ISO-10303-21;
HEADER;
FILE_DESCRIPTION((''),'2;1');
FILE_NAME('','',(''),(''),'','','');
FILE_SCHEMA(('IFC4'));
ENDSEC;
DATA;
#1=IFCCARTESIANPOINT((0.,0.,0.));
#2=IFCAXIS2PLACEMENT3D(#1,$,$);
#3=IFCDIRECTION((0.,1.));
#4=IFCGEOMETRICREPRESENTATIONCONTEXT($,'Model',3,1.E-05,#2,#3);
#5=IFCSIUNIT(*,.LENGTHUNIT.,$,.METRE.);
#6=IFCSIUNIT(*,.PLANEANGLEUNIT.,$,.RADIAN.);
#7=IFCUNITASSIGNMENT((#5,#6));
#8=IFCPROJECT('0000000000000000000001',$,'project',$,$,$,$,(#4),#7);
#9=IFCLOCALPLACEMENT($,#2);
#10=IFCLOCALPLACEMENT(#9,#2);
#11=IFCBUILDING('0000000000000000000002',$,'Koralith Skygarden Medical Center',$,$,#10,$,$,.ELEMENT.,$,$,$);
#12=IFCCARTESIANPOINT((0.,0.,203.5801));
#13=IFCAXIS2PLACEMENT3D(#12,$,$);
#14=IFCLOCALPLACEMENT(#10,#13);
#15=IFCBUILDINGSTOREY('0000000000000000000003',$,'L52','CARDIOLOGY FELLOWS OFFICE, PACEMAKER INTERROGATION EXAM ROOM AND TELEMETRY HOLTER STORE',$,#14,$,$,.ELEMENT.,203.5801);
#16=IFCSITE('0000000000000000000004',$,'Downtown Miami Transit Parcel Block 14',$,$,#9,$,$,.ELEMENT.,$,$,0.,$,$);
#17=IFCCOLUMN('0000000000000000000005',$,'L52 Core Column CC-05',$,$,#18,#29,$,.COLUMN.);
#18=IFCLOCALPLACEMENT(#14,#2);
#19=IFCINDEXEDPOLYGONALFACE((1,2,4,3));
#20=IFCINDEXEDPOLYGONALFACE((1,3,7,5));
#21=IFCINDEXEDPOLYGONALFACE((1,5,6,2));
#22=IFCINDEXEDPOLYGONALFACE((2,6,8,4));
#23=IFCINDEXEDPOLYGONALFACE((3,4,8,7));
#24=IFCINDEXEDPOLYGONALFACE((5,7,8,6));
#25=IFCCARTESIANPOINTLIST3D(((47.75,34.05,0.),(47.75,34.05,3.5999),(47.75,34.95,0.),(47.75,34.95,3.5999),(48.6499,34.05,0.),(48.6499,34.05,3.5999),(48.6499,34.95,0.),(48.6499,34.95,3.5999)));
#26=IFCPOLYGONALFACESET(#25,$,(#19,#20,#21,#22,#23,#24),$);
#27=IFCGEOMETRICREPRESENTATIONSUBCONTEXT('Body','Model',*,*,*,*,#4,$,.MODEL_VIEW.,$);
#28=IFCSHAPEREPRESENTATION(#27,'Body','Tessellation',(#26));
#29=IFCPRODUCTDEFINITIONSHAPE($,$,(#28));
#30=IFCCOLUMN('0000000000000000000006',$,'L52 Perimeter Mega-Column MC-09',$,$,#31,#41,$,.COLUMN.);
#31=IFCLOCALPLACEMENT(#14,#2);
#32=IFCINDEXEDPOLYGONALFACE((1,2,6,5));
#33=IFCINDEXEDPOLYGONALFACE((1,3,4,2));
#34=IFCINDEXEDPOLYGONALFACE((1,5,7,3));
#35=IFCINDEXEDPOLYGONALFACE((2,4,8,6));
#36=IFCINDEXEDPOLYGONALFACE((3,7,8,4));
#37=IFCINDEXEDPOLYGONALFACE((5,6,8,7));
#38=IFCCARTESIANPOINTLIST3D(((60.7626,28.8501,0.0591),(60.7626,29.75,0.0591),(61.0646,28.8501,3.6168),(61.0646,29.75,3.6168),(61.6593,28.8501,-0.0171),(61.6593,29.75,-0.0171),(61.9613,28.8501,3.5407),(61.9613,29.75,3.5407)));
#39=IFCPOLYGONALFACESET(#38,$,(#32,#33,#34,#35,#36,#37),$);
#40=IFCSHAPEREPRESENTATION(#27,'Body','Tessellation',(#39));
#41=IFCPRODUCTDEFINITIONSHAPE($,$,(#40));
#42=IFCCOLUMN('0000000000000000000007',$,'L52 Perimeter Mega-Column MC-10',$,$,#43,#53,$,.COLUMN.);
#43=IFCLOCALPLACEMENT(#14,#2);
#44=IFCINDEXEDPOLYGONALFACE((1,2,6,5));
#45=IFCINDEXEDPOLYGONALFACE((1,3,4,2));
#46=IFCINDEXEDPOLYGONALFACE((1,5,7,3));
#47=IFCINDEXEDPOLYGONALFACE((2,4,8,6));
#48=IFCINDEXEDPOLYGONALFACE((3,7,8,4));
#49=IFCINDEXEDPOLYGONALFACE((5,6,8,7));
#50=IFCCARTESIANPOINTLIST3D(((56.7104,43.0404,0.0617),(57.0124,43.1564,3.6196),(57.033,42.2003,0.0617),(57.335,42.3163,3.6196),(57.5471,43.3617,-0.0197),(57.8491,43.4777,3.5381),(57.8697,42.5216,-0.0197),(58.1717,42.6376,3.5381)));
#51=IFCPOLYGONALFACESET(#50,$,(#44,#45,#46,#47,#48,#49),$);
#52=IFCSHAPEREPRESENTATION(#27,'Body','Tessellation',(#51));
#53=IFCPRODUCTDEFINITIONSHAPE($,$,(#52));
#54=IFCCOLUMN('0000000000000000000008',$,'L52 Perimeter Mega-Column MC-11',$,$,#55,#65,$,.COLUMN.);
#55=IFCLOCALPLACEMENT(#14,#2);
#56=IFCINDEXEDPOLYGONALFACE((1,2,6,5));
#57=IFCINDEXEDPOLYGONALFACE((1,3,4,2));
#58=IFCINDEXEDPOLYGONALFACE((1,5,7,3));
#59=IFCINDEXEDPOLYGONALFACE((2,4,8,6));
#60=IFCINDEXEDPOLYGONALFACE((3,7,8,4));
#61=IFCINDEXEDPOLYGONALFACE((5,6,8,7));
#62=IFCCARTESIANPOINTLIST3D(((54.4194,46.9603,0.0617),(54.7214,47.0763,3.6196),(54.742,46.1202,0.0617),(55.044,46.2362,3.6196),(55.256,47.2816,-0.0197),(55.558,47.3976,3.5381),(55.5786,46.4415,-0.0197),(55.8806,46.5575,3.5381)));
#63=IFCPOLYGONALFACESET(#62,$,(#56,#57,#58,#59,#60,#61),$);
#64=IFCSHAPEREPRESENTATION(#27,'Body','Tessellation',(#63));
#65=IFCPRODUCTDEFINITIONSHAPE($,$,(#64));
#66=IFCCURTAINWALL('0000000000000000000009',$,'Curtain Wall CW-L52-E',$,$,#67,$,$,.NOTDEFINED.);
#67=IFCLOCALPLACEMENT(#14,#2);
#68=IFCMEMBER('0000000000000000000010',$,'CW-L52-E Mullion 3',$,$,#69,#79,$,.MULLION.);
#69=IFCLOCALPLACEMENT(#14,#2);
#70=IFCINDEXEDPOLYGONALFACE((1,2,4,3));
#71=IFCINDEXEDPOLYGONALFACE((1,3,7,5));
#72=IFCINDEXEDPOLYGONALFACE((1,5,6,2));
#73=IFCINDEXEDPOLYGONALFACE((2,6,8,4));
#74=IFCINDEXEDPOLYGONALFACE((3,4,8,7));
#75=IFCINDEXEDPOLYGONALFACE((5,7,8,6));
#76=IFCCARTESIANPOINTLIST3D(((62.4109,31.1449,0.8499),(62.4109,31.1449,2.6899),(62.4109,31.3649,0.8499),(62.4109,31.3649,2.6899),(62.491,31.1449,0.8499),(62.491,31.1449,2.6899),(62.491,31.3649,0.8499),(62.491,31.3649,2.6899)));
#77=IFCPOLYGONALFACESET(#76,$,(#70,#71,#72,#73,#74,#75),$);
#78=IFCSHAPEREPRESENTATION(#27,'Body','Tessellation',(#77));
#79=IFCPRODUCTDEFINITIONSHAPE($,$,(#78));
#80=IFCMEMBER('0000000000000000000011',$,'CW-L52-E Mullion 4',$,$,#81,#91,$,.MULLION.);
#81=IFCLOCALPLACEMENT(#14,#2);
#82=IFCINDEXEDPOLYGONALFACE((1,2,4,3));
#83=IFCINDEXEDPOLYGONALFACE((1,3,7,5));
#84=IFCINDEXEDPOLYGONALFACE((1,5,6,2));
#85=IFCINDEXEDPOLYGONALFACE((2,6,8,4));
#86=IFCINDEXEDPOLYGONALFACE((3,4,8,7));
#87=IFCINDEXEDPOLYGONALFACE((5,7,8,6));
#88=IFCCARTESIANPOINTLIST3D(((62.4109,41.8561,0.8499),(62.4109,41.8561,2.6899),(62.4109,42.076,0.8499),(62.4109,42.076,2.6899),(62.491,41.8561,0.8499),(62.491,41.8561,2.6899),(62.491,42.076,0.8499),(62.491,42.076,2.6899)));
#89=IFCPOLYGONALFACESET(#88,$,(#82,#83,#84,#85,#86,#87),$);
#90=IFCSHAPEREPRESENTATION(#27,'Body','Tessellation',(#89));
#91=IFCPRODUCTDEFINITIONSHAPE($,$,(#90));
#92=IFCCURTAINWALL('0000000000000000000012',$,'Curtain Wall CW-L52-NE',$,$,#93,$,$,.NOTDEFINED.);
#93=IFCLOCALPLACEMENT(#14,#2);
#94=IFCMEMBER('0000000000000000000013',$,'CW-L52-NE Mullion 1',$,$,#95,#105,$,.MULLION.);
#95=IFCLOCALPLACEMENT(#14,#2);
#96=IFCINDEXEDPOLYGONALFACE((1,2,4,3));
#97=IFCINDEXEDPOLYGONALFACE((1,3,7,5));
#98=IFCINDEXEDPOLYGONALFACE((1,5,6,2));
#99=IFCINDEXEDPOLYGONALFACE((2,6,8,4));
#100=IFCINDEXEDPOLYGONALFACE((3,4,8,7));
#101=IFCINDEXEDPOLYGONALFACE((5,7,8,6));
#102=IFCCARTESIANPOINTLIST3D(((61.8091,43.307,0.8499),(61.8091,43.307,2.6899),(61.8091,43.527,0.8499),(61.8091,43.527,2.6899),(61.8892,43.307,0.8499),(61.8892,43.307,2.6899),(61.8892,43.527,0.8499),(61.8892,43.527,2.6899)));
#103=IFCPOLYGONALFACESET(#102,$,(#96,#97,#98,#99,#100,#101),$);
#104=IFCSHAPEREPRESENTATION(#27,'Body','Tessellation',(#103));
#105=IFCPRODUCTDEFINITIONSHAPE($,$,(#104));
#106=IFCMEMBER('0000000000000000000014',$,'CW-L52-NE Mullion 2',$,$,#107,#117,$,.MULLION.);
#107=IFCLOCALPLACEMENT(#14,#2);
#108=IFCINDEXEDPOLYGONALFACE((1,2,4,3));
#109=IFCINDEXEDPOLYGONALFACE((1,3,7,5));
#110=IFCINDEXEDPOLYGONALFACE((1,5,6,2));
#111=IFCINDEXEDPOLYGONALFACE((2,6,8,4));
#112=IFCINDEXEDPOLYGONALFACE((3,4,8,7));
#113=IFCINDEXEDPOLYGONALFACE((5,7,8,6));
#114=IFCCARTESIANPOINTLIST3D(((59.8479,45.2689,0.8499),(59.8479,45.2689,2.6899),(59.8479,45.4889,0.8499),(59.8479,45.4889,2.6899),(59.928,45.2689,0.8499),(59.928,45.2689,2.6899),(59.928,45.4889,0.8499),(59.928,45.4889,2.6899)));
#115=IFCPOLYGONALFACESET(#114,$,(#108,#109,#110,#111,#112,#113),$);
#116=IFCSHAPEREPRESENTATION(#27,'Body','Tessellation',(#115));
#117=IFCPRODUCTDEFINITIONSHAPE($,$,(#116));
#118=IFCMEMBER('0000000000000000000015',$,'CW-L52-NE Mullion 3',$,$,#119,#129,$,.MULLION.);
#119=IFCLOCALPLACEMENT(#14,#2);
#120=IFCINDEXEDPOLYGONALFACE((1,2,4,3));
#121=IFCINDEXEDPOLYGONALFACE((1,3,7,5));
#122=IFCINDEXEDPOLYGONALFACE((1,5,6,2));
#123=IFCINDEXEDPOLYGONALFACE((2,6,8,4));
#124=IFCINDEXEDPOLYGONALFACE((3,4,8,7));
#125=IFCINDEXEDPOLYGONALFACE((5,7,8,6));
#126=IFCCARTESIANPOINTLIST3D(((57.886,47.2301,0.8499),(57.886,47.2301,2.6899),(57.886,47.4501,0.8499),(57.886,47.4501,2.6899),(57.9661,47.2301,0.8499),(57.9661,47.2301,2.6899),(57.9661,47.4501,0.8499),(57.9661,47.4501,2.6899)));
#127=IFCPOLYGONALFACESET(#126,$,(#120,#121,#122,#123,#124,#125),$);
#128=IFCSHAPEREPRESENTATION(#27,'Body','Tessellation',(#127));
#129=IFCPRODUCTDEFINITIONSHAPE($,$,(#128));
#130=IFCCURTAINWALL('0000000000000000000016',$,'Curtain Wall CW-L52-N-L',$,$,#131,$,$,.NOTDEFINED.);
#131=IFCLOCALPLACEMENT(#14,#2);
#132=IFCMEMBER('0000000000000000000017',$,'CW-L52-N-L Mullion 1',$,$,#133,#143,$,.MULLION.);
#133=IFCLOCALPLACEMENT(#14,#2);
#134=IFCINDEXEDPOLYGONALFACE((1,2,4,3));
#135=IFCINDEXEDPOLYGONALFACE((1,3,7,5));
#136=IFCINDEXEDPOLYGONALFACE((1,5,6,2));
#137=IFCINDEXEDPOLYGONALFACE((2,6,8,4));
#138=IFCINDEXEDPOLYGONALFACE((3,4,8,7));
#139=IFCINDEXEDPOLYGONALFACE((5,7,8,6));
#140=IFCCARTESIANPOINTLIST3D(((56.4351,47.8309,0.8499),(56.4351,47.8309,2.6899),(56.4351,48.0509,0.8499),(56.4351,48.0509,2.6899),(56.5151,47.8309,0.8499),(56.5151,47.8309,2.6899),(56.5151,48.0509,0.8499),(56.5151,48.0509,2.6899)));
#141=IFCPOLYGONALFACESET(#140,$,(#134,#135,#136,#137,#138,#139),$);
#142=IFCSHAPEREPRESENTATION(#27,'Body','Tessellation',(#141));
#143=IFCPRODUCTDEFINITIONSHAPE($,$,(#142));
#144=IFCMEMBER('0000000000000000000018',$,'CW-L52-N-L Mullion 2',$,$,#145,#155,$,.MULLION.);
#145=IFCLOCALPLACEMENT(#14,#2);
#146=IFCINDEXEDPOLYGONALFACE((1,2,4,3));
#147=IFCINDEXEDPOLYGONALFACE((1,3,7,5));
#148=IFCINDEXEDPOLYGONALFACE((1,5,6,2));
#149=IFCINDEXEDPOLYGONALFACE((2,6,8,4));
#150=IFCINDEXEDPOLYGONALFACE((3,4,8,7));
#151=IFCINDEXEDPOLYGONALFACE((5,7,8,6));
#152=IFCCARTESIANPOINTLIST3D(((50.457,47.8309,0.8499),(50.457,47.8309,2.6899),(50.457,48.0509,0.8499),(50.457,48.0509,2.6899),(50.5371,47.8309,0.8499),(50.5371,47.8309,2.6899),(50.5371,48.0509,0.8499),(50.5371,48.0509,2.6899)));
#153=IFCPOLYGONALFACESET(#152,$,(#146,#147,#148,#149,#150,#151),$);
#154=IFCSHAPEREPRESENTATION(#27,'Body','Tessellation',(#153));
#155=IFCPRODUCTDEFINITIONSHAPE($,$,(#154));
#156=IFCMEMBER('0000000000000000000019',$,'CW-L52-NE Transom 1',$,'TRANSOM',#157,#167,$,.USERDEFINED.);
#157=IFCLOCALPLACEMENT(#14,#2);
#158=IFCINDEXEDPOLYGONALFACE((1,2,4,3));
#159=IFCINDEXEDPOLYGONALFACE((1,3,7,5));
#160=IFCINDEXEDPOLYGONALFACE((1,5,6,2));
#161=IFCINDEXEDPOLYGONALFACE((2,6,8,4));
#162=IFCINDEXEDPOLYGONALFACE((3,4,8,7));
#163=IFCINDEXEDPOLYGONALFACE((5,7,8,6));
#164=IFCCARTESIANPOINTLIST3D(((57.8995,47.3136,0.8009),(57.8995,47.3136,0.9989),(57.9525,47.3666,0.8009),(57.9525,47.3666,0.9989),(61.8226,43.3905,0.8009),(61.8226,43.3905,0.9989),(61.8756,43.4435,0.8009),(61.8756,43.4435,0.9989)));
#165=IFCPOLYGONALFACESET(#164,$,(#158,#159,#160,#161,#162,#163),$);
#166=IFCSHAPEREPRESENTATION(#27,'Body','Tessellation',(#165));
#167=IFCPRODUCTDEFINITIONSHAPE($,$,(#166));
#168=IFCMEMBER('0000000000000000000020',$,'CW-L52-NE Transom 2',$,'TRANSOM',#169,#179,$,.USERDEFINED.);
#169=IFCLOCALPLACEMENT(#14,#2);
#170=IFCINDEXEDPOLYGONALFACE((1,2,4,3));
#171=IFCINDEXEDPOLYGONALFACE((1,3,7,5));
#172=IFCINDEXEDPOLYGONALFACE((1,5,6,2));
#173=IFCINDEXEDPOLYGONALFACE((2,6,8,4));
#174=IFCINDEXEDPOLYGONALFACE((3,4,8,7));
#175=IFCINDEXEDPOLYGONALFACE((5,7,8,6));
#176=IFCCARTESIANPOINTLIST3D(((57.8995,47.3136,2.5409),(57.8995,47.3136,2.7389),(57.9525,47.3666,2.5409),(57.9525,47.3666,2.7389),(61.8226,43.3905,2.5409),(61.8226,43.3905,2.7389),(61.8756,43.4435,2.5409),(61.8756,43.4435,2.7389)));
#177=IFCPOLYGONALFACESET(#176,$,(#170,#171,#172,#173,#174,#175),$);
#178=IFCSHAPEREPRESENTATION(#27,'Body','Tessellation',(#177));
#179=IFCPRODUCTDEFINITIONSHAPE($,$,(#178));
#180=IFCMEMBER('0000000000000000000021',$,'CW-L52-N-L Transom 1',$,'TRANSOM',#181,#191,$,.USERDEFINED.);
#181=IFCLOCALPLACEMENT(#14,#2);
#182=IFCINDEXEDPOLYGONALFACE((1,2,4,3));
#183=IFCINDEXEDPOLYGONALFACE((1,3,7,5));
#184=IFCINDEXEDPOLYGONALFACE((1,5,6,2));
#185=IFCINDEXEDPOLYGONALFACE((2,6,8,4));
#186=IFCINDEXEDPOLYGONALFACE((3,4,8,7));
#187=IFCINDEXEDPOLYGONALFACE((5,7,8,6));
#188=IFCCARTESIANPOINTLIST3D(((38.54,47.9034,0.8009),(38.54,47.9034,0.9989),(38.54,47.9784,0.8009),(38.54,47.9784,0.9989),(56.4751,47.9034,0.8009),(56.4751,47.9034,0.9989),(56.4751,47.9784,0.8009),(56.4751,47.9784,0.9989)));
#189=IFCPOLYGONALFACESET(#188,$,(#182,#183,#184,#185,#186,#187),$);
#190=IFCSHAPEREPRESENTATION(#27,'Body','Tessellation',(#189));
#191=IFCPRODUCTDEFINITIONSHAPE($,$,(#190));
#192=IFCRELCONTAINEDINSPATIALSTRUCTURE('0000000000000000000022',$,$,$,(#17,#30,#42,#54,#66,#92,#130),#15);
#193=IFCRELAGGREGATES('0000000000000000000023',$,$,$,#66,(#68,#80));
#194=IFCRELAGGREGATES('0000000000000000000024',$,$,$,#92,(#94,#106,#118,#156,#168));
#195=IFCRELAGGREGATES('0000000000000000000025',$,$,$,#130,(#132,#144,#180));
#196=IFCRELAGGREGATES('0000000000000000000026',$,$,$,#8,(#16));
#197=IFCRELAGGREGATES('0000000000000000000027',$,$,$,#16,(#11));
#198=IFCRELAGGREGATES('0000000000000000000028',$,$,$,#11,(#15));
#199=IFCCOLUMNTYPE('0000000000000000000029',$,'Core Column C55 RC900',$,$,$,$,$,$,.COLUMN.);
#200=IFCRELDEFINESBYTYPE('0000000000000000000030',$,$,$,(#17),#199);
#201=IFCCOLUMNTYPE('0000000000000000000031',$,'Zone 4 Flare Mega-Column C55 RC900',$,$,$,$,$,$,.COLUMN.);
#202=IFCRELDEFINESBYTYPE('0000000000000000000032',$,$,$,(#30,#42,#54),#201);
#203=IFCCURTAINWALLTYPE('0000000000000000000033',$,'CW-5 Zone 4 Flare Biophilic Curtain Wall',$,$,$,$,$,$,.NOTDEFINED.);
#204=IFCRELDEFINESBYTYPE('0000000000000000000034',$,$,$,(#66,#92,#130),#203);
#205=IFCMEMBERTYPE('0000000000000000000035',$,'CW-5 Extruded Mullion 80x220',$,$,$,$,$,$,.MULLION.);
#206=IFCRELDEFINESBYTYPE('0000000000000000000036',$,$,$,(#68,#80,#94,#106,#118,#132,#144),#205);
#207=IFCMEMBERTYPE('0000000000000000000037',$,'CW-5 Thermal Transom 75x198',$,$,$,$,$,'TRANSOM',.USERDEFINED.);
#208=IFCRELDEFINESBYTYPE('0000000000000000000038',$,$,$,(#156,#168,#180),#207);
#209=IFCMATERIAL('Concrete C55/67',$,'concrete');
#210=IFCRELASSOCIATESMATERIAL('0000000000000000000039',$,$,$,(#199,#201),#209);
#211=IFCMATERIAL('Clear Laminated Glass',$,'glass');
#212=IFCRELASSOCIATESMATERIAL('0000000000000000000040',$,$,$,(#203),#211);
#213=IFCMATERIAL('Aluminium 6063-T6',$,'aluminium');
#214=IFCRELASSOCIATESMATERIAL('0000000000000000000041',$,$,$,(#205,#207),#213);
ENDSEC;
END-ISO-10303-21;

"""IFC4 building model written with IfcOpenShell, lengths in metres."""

from ifc_helpers import new_model, si_unit, direction, frame, origin, origin_2d, place, context, subcontext, project, spatial, rectangle, extrude, material, material_profile, profile_set, type_object, element, aggregate, save


model = new_model("IFC4")

# Units and contexts
model_context = context("Model", 3, precision=1e-05, world=origin(), true_north=direction((0.0, 1.0)))
body_context = subcontext(model_context, "Body", "Model", "MODEL_VIEW")
ifc_project = project(units=[si_unit("LENGTHUNIT", "METRE"), si_unit("PLANEANGLEUNIT", "RADIAN")], contexts=[model_context])

# Site, building, storey
site_placement = place(None, origin())
site = spatial("IfcSite", under=ifc_project, at=site_placement, Name="Downtown Miami Transit Parcel Block 14", CompositionType="ELEMENT", RefElevation=0.0)
building_placement = place(site_placement, origin())
building = spatial("IfcBuilding", under=site, at=building_placement, Name="Koralith Skygarden Medical Center", CompositionType="ELEMENT")
storey_placement = place(building_placement, frame((0.0, 0.0, 203.5801)))
storey = spatial("IfcBuildingStorey", under=building, at=storey_placement, Name="L52", Description="CARDIOLOGY FELLOWS OFFICE, PACEMAKER INTERROGATION EXAM ROOM AND TELEMETRY HOLTER STORE", CompositionType="ELEMENT", Elevation=203.5801)

# Columns
ifc_material_1 = material(Name="Concrete C55/67", Category="concrete")
ifc_material_profile_1 = material_profile(ifc_material_1, rectangle(XDim=0.8999, YDim=0.8999, at=origin_2d()), Name="RC900X900")
ifc_profile_set_1 = profile_set([ifc_material_profile_1], Name="Concrete C55/67")
column_type_1 = type_object("IfcColumnType", Name="Core Column C55 RC900", PredefinedType="COLUMN", material=ifc_profile_set_1)
column_1_placement = place(storey_placement, frame((48.2, 34.5, 0.0), z_axis=(0.0, 0.0, 1.0), x_axis=(1.0, 0.0, 0.0)))
element("IfcColumn", 1, at=column_1_placement, inside=storey, type_object=column_type_1, Name="L52 Core Column CC-05", PredefinedType="COLUMN", context=body_context, shape_type="SweptSolid", body=[
    extrude(rectangle(XDim=0.8999, YDim=0.8999, at=origin_2d()), origin(), (0.0, 0.0, 1.0), 3.5999),
])
ifc_material_profile_2 = material_profile(ifc_material_1, rectangle(XDim=0.8999, YDim=0.8999, at=origin_2d()), Name="RC900X900")
ifc_profile_set_2 = profile_set([ifc_material_profile_2], Name="Concrete C55/67")
column_type_2 = type_object("IfcColumnType", Name="Zone 4 Flare Mega-Column C55 RC900", PredefinedType="COLUMN", material=ifc_profile_set_2)
column_2_placement = place(storey_placement, frame((61.2109, 29.3, 0.021), z_axis=(0.084579, 0.0, 0.996417), x_axis=(0.0, 1.0, 0.0)))
element("IfcColumn", 2, at=column_2_placement, inside=storey, type_object=column_type_2, Name="L52 Perimeter Mega-Column MC-09", PredefinedType="COLUMN", context=body_context, shape_type="SweptSolid", body=[
    extrude(rectangle(XDim=0.8999, YDim=0.8999, at=origin_2d()), origin(), (0.0, 0.0, 1.0), 3.5706),
])
for number, where, z_axis, x_axis, name in (
    (3, (57.29, 42.781, 0.021), (0.084534, 0.032461, 0.995892), (-0.358473, 0.93354, 0.0), "L52 Perimeter Mega-Column MC-10"),
    (4, (54.999, 46.7009, 0.021), (0.084534, 0.032461, 0.995892), (-0.358473, 0.93354, 0.0), "L52 Perimeter Mega-Column MC-11"),
):
    element("IfcColumn", number, at=place(storey_placement, frame(where, z_axis=z_axis, x_axis=x_axis)), inside=storey, type_object=column_type_2, Name=name, PredefinedType="COLUMN", context=body_context, shape_type="SweptSolid", body=[
        extrude(rectangle(XDim=0.8999, YDim=0.8999, at=origin_2d()), origin(), (0.0, 0.0, 1.0), 3.5725),
    ])

# Curtain walls, members
ifc_material_2 = material(Name="Clear Laminated Glass", Category="glass")
curtain_wall_type = type_object("IfcCurtainWallType", Name="CW-5 Zone 4 Flare Biophilic Curtain Wall", PredefinedType="NOTDEFINED", material=ifc_material_2)
curtain_wall_1_placement = place(storey_placement, origin())
curtain_wall_1 = element("IfcCurtainWall", 5, at=curtain_wall_1_placement, inside=storey, type_object=curtain_wall_type, Name="Curtain Wall CW-L52-E", PredefinedType="NOTDEFINED")
ifc_material_3 = material(Name="Aluminium 6063-T6", Category="aluminium")
ifc_material_profile_3 = material_profile(ifc_material_3, rectangle(XDim=0.0801, YDim=0.22, at=origin_2d()), Name="MUL80X220")
ifc_profile_set_3 = profile_set([ifc_material_profile_3], Name="Aluminium 6063-T6")
member_type_1 = type_object("IfcMemberType", Name="CW-5 Extruded Mullion 80x220", PredefinedType="MULLION", material=ifc_profile_set_3)
member_1_placement = place(storey_placement, frame((62.4509, 31.2549, 0.8499), z_axis=(0.0, 0.0, 1.0), x_axis=(1.0, 0.0, 0.0)))
member_1 = element("IfcMember", 6, at=member_1_placement, type_object=member_type_1, Name="CW-L52-E Mullion 3", PredefinedType="MULLION", context=body_context, shape_type="SweptSolid", body=[
    extrude(rectangle(XDim=0.0801, YDim=0.22, at=origin_2d()), origin(), (0.0, 0.0, 1.0), 1.8401),
])
member_2_placement = place(storey_placement, frame((62.4509, 41.9661, 0.8499), z_axis=(0.0, 0.0, 1.0), x_axis=(1.0, 0.0, 0.0)))
member_2 = element("IfcMember", 7, at=member_2_placement, type_object=member_type_1, Name="CW-L52-E Mullion 4", PredefinedType="MULLION", context=body_context, shape_type="SweptSolid", body=[
    extrude(rectangle(XDim=0.0801, YDim=0.22, at=origin_2d()), origin(), (0.0, 0.0, 1.0), 1.8401),
])
curtain_wall_2_placement = place(storey_placement, origin())
curtain_wall_2 = element("IfcCurtainWall", 8, at=curtain_wall_2_placement, inside=storey, type_object=curtain_wall_type, Name="Curtain Wall CW-L52-NE", PredefinedType="NOTDEFINED")
member_3_placement = place(storey_placement, frame((61.8491, 43.417, 0.8499), z_axis=(0.0, 0.0, 1.0), x_axis=(1.0, 0.0, 0.0)))
member_3 = element("IfcMember", 9, at=member_3_placement, type_object=member_type_1, Name="CW-L52-NE Mullion 1", PredefinedType="MULLION", context=body_context, shape_type="SweptSolid", body=[
    extrude(rectangle(XDim=0.0801, YDim=0.22, at=origin_2d()), origin(), (0.0, 0.0, 1.0), 1.8401),
])
member_4_placement = place(storey_placement, frame((59.8879, 45.3789, 0.8499), z_axis=(0.0, 0.0, 1.0), x_axis=(1.0, 0.0, 0.0)))
member_4 = element("IfcMember", 10, at=member_4_placement, type_object=member_type_1, Name="CW-L52-NE Mullion 2", PredefinedType="MULLION", context=body_context, shape_type="SweptSolid", body=[
    extrude(rectangle(XDim=0.0801, YDim=0.22, at=origin_2d()), origin(), (0.0, 0.0, 1.0), 1.8401),
])
member_5_placement = place(storey_placement, frame((57.926, 47.3401, 0.8499), z_axis=(0.0, 0.0, 1.0), x_axis=(1.0, 0.0, 0.0)))
member_5 = element("IfcMember", 11, at=member_5_placement, type_object=member_type_1, Name="CW-L52-NE Mullion 3", PredefinedType="MULLION", context=body_context, shape_type="SweptSolid", body=[
    extrude(rectangle(XDim=0.0801, YDim=0.22, at=origin_2d()), origin(), (0.0, 0.0, 1.0), 1.8401),
])
curtain_wall_3_placement = place(storey_placement, origin())
curtain_wall_3 = element("IfcCurtainWall", 12, at=curtain_wall_3_placement, inside=storey, type_object=curtain_wall_type, Name="Curtain Wall CW-L52-N-L", PredefinedType="NOTDEFINED")
member_6_placement = place(storey_placement, frame((56.4751, 47.9409, 0.8499), z_axis=(0.0, 0.0, 1.0), x_axis=(1.0, 0.0, 0.0)))
member_6 = element("IfcMember", 13, at=member_6_placement, type_object=member_type_1, Name="CW-L52-N-L Mullion 1", PredefinedType="MULLION", context=body_context, shape_type="SweptSolid", body=[
    extrude(rectangle(XDim=0.0801, YDim=0.22, at=origin_2d()), origin(), (0.0, 0.0, 1.0), 1.8401),
])
member_7_placement = place(storey_placement, frame((50.4971, 47.9409, 0.8499), z_axis=(0.0, 0.0, 1.0), x_axis=(1.0, 0.0, 0.0)))
member_7 = element("IfcMember", 14, at=member_7_placement, type_object=member_type_1, Name="CW-L52-N-L Mullion 2", PredefinedType="MULLION", context=body_context, shape_type="SweptSolid", body=[
    extrude(rectangle(XDim=0.0801, YDim=0.22, at=origin_2d()), origin(), (0.0, 0.0, 1.0), 1.8401),
])

# Members
ifc_material_profile_4 = material_profile(ifc_material_3, rectangle(XDim=0.075, YDim=0.198, at=origin_2d()), Name="TRN75X198")
ifc_profile_set_4 = profile_set([ifc_material_profile_4], Name="Aluminium 6063-T6")
member_type_2 = type_object("IfcMemberType", Name="CW-5 Thermal Transom 75x198", ElementType="TRANSOM", PredefinedType="USERDEFINED", material=ifc_profile_set_4)
member_8_placement = place(storey_placement, frame((61.8491, 43.417, 0.8999), z_axis=(-0.707107, 0.707107, 0.0), x_axis=(-0.707107, -0.707107, 0.0)))
member_8 = element("IfcMember", 15, at=member_8_placement, type_object=member_type_2, Name="CW-L52-NE Transom 1", ObjectType="TRANSOM", PredefinedType="USERDEFINED", context=body_context, shape_type="SweptSolid", body=[
    extrude(rectangle(XDim=0.075, YDim=0.198, at=origin_2d()), origin(), (0.0, 0.0, 1.0), 5.5481),
])
member_9_placement = place(storey_placement, frame((61.8491, 43.417, 2.6399), z_axis=(-0.707107, 0.707107, 0.0), x_axis=(-0.707107, -0.707107, 0.0)))
member_9 = element("IfcMember", 16, at=member_9_placement, type_object=member_type_2, Name="CW-L52-NE Transom 2", ObjectType="TRANSOM", PredefinedType="USERDEFINED", context=body_context, shape_type="SweptSolid", body=[
    extrude(rectangle(XDim=0.075, YDim=0.198, at=origin_2d()), origin(), (0.0, 0.0, 1.0), 5.5481),
])
member_10_placement = place(storey_placement, frame((56.4751, 47.9409, 0.8999), z_axis=(-1.0, 0.0, 0.0), x_axis=(0.0, -1.0, 0.0)))
member_10 = element("IfcMember", 17, at=member_10_placement, type_object=member_type_2, Name="CW-L52-N-L Transom 1", ObjectType="TRANSOM", PredefinedType="USERDEFINED", context=body_context, shape_type="SweptSolid", body=[
    extrude(rectangle(XDim=0.075, YDim=0.198, at=origin_2d()), origin(), (0.0, 0.0, 1.0), 17.9351),
])

aggregate(curtain_wall_1, [member_1, member_2])
aggregate(curtain_wall_2, [member_3, member_4, member_5, member_8, member_9])
aggregate(curtain_wall_3, [member_6, member_7, member_10])

save(model, "model.ifc")
